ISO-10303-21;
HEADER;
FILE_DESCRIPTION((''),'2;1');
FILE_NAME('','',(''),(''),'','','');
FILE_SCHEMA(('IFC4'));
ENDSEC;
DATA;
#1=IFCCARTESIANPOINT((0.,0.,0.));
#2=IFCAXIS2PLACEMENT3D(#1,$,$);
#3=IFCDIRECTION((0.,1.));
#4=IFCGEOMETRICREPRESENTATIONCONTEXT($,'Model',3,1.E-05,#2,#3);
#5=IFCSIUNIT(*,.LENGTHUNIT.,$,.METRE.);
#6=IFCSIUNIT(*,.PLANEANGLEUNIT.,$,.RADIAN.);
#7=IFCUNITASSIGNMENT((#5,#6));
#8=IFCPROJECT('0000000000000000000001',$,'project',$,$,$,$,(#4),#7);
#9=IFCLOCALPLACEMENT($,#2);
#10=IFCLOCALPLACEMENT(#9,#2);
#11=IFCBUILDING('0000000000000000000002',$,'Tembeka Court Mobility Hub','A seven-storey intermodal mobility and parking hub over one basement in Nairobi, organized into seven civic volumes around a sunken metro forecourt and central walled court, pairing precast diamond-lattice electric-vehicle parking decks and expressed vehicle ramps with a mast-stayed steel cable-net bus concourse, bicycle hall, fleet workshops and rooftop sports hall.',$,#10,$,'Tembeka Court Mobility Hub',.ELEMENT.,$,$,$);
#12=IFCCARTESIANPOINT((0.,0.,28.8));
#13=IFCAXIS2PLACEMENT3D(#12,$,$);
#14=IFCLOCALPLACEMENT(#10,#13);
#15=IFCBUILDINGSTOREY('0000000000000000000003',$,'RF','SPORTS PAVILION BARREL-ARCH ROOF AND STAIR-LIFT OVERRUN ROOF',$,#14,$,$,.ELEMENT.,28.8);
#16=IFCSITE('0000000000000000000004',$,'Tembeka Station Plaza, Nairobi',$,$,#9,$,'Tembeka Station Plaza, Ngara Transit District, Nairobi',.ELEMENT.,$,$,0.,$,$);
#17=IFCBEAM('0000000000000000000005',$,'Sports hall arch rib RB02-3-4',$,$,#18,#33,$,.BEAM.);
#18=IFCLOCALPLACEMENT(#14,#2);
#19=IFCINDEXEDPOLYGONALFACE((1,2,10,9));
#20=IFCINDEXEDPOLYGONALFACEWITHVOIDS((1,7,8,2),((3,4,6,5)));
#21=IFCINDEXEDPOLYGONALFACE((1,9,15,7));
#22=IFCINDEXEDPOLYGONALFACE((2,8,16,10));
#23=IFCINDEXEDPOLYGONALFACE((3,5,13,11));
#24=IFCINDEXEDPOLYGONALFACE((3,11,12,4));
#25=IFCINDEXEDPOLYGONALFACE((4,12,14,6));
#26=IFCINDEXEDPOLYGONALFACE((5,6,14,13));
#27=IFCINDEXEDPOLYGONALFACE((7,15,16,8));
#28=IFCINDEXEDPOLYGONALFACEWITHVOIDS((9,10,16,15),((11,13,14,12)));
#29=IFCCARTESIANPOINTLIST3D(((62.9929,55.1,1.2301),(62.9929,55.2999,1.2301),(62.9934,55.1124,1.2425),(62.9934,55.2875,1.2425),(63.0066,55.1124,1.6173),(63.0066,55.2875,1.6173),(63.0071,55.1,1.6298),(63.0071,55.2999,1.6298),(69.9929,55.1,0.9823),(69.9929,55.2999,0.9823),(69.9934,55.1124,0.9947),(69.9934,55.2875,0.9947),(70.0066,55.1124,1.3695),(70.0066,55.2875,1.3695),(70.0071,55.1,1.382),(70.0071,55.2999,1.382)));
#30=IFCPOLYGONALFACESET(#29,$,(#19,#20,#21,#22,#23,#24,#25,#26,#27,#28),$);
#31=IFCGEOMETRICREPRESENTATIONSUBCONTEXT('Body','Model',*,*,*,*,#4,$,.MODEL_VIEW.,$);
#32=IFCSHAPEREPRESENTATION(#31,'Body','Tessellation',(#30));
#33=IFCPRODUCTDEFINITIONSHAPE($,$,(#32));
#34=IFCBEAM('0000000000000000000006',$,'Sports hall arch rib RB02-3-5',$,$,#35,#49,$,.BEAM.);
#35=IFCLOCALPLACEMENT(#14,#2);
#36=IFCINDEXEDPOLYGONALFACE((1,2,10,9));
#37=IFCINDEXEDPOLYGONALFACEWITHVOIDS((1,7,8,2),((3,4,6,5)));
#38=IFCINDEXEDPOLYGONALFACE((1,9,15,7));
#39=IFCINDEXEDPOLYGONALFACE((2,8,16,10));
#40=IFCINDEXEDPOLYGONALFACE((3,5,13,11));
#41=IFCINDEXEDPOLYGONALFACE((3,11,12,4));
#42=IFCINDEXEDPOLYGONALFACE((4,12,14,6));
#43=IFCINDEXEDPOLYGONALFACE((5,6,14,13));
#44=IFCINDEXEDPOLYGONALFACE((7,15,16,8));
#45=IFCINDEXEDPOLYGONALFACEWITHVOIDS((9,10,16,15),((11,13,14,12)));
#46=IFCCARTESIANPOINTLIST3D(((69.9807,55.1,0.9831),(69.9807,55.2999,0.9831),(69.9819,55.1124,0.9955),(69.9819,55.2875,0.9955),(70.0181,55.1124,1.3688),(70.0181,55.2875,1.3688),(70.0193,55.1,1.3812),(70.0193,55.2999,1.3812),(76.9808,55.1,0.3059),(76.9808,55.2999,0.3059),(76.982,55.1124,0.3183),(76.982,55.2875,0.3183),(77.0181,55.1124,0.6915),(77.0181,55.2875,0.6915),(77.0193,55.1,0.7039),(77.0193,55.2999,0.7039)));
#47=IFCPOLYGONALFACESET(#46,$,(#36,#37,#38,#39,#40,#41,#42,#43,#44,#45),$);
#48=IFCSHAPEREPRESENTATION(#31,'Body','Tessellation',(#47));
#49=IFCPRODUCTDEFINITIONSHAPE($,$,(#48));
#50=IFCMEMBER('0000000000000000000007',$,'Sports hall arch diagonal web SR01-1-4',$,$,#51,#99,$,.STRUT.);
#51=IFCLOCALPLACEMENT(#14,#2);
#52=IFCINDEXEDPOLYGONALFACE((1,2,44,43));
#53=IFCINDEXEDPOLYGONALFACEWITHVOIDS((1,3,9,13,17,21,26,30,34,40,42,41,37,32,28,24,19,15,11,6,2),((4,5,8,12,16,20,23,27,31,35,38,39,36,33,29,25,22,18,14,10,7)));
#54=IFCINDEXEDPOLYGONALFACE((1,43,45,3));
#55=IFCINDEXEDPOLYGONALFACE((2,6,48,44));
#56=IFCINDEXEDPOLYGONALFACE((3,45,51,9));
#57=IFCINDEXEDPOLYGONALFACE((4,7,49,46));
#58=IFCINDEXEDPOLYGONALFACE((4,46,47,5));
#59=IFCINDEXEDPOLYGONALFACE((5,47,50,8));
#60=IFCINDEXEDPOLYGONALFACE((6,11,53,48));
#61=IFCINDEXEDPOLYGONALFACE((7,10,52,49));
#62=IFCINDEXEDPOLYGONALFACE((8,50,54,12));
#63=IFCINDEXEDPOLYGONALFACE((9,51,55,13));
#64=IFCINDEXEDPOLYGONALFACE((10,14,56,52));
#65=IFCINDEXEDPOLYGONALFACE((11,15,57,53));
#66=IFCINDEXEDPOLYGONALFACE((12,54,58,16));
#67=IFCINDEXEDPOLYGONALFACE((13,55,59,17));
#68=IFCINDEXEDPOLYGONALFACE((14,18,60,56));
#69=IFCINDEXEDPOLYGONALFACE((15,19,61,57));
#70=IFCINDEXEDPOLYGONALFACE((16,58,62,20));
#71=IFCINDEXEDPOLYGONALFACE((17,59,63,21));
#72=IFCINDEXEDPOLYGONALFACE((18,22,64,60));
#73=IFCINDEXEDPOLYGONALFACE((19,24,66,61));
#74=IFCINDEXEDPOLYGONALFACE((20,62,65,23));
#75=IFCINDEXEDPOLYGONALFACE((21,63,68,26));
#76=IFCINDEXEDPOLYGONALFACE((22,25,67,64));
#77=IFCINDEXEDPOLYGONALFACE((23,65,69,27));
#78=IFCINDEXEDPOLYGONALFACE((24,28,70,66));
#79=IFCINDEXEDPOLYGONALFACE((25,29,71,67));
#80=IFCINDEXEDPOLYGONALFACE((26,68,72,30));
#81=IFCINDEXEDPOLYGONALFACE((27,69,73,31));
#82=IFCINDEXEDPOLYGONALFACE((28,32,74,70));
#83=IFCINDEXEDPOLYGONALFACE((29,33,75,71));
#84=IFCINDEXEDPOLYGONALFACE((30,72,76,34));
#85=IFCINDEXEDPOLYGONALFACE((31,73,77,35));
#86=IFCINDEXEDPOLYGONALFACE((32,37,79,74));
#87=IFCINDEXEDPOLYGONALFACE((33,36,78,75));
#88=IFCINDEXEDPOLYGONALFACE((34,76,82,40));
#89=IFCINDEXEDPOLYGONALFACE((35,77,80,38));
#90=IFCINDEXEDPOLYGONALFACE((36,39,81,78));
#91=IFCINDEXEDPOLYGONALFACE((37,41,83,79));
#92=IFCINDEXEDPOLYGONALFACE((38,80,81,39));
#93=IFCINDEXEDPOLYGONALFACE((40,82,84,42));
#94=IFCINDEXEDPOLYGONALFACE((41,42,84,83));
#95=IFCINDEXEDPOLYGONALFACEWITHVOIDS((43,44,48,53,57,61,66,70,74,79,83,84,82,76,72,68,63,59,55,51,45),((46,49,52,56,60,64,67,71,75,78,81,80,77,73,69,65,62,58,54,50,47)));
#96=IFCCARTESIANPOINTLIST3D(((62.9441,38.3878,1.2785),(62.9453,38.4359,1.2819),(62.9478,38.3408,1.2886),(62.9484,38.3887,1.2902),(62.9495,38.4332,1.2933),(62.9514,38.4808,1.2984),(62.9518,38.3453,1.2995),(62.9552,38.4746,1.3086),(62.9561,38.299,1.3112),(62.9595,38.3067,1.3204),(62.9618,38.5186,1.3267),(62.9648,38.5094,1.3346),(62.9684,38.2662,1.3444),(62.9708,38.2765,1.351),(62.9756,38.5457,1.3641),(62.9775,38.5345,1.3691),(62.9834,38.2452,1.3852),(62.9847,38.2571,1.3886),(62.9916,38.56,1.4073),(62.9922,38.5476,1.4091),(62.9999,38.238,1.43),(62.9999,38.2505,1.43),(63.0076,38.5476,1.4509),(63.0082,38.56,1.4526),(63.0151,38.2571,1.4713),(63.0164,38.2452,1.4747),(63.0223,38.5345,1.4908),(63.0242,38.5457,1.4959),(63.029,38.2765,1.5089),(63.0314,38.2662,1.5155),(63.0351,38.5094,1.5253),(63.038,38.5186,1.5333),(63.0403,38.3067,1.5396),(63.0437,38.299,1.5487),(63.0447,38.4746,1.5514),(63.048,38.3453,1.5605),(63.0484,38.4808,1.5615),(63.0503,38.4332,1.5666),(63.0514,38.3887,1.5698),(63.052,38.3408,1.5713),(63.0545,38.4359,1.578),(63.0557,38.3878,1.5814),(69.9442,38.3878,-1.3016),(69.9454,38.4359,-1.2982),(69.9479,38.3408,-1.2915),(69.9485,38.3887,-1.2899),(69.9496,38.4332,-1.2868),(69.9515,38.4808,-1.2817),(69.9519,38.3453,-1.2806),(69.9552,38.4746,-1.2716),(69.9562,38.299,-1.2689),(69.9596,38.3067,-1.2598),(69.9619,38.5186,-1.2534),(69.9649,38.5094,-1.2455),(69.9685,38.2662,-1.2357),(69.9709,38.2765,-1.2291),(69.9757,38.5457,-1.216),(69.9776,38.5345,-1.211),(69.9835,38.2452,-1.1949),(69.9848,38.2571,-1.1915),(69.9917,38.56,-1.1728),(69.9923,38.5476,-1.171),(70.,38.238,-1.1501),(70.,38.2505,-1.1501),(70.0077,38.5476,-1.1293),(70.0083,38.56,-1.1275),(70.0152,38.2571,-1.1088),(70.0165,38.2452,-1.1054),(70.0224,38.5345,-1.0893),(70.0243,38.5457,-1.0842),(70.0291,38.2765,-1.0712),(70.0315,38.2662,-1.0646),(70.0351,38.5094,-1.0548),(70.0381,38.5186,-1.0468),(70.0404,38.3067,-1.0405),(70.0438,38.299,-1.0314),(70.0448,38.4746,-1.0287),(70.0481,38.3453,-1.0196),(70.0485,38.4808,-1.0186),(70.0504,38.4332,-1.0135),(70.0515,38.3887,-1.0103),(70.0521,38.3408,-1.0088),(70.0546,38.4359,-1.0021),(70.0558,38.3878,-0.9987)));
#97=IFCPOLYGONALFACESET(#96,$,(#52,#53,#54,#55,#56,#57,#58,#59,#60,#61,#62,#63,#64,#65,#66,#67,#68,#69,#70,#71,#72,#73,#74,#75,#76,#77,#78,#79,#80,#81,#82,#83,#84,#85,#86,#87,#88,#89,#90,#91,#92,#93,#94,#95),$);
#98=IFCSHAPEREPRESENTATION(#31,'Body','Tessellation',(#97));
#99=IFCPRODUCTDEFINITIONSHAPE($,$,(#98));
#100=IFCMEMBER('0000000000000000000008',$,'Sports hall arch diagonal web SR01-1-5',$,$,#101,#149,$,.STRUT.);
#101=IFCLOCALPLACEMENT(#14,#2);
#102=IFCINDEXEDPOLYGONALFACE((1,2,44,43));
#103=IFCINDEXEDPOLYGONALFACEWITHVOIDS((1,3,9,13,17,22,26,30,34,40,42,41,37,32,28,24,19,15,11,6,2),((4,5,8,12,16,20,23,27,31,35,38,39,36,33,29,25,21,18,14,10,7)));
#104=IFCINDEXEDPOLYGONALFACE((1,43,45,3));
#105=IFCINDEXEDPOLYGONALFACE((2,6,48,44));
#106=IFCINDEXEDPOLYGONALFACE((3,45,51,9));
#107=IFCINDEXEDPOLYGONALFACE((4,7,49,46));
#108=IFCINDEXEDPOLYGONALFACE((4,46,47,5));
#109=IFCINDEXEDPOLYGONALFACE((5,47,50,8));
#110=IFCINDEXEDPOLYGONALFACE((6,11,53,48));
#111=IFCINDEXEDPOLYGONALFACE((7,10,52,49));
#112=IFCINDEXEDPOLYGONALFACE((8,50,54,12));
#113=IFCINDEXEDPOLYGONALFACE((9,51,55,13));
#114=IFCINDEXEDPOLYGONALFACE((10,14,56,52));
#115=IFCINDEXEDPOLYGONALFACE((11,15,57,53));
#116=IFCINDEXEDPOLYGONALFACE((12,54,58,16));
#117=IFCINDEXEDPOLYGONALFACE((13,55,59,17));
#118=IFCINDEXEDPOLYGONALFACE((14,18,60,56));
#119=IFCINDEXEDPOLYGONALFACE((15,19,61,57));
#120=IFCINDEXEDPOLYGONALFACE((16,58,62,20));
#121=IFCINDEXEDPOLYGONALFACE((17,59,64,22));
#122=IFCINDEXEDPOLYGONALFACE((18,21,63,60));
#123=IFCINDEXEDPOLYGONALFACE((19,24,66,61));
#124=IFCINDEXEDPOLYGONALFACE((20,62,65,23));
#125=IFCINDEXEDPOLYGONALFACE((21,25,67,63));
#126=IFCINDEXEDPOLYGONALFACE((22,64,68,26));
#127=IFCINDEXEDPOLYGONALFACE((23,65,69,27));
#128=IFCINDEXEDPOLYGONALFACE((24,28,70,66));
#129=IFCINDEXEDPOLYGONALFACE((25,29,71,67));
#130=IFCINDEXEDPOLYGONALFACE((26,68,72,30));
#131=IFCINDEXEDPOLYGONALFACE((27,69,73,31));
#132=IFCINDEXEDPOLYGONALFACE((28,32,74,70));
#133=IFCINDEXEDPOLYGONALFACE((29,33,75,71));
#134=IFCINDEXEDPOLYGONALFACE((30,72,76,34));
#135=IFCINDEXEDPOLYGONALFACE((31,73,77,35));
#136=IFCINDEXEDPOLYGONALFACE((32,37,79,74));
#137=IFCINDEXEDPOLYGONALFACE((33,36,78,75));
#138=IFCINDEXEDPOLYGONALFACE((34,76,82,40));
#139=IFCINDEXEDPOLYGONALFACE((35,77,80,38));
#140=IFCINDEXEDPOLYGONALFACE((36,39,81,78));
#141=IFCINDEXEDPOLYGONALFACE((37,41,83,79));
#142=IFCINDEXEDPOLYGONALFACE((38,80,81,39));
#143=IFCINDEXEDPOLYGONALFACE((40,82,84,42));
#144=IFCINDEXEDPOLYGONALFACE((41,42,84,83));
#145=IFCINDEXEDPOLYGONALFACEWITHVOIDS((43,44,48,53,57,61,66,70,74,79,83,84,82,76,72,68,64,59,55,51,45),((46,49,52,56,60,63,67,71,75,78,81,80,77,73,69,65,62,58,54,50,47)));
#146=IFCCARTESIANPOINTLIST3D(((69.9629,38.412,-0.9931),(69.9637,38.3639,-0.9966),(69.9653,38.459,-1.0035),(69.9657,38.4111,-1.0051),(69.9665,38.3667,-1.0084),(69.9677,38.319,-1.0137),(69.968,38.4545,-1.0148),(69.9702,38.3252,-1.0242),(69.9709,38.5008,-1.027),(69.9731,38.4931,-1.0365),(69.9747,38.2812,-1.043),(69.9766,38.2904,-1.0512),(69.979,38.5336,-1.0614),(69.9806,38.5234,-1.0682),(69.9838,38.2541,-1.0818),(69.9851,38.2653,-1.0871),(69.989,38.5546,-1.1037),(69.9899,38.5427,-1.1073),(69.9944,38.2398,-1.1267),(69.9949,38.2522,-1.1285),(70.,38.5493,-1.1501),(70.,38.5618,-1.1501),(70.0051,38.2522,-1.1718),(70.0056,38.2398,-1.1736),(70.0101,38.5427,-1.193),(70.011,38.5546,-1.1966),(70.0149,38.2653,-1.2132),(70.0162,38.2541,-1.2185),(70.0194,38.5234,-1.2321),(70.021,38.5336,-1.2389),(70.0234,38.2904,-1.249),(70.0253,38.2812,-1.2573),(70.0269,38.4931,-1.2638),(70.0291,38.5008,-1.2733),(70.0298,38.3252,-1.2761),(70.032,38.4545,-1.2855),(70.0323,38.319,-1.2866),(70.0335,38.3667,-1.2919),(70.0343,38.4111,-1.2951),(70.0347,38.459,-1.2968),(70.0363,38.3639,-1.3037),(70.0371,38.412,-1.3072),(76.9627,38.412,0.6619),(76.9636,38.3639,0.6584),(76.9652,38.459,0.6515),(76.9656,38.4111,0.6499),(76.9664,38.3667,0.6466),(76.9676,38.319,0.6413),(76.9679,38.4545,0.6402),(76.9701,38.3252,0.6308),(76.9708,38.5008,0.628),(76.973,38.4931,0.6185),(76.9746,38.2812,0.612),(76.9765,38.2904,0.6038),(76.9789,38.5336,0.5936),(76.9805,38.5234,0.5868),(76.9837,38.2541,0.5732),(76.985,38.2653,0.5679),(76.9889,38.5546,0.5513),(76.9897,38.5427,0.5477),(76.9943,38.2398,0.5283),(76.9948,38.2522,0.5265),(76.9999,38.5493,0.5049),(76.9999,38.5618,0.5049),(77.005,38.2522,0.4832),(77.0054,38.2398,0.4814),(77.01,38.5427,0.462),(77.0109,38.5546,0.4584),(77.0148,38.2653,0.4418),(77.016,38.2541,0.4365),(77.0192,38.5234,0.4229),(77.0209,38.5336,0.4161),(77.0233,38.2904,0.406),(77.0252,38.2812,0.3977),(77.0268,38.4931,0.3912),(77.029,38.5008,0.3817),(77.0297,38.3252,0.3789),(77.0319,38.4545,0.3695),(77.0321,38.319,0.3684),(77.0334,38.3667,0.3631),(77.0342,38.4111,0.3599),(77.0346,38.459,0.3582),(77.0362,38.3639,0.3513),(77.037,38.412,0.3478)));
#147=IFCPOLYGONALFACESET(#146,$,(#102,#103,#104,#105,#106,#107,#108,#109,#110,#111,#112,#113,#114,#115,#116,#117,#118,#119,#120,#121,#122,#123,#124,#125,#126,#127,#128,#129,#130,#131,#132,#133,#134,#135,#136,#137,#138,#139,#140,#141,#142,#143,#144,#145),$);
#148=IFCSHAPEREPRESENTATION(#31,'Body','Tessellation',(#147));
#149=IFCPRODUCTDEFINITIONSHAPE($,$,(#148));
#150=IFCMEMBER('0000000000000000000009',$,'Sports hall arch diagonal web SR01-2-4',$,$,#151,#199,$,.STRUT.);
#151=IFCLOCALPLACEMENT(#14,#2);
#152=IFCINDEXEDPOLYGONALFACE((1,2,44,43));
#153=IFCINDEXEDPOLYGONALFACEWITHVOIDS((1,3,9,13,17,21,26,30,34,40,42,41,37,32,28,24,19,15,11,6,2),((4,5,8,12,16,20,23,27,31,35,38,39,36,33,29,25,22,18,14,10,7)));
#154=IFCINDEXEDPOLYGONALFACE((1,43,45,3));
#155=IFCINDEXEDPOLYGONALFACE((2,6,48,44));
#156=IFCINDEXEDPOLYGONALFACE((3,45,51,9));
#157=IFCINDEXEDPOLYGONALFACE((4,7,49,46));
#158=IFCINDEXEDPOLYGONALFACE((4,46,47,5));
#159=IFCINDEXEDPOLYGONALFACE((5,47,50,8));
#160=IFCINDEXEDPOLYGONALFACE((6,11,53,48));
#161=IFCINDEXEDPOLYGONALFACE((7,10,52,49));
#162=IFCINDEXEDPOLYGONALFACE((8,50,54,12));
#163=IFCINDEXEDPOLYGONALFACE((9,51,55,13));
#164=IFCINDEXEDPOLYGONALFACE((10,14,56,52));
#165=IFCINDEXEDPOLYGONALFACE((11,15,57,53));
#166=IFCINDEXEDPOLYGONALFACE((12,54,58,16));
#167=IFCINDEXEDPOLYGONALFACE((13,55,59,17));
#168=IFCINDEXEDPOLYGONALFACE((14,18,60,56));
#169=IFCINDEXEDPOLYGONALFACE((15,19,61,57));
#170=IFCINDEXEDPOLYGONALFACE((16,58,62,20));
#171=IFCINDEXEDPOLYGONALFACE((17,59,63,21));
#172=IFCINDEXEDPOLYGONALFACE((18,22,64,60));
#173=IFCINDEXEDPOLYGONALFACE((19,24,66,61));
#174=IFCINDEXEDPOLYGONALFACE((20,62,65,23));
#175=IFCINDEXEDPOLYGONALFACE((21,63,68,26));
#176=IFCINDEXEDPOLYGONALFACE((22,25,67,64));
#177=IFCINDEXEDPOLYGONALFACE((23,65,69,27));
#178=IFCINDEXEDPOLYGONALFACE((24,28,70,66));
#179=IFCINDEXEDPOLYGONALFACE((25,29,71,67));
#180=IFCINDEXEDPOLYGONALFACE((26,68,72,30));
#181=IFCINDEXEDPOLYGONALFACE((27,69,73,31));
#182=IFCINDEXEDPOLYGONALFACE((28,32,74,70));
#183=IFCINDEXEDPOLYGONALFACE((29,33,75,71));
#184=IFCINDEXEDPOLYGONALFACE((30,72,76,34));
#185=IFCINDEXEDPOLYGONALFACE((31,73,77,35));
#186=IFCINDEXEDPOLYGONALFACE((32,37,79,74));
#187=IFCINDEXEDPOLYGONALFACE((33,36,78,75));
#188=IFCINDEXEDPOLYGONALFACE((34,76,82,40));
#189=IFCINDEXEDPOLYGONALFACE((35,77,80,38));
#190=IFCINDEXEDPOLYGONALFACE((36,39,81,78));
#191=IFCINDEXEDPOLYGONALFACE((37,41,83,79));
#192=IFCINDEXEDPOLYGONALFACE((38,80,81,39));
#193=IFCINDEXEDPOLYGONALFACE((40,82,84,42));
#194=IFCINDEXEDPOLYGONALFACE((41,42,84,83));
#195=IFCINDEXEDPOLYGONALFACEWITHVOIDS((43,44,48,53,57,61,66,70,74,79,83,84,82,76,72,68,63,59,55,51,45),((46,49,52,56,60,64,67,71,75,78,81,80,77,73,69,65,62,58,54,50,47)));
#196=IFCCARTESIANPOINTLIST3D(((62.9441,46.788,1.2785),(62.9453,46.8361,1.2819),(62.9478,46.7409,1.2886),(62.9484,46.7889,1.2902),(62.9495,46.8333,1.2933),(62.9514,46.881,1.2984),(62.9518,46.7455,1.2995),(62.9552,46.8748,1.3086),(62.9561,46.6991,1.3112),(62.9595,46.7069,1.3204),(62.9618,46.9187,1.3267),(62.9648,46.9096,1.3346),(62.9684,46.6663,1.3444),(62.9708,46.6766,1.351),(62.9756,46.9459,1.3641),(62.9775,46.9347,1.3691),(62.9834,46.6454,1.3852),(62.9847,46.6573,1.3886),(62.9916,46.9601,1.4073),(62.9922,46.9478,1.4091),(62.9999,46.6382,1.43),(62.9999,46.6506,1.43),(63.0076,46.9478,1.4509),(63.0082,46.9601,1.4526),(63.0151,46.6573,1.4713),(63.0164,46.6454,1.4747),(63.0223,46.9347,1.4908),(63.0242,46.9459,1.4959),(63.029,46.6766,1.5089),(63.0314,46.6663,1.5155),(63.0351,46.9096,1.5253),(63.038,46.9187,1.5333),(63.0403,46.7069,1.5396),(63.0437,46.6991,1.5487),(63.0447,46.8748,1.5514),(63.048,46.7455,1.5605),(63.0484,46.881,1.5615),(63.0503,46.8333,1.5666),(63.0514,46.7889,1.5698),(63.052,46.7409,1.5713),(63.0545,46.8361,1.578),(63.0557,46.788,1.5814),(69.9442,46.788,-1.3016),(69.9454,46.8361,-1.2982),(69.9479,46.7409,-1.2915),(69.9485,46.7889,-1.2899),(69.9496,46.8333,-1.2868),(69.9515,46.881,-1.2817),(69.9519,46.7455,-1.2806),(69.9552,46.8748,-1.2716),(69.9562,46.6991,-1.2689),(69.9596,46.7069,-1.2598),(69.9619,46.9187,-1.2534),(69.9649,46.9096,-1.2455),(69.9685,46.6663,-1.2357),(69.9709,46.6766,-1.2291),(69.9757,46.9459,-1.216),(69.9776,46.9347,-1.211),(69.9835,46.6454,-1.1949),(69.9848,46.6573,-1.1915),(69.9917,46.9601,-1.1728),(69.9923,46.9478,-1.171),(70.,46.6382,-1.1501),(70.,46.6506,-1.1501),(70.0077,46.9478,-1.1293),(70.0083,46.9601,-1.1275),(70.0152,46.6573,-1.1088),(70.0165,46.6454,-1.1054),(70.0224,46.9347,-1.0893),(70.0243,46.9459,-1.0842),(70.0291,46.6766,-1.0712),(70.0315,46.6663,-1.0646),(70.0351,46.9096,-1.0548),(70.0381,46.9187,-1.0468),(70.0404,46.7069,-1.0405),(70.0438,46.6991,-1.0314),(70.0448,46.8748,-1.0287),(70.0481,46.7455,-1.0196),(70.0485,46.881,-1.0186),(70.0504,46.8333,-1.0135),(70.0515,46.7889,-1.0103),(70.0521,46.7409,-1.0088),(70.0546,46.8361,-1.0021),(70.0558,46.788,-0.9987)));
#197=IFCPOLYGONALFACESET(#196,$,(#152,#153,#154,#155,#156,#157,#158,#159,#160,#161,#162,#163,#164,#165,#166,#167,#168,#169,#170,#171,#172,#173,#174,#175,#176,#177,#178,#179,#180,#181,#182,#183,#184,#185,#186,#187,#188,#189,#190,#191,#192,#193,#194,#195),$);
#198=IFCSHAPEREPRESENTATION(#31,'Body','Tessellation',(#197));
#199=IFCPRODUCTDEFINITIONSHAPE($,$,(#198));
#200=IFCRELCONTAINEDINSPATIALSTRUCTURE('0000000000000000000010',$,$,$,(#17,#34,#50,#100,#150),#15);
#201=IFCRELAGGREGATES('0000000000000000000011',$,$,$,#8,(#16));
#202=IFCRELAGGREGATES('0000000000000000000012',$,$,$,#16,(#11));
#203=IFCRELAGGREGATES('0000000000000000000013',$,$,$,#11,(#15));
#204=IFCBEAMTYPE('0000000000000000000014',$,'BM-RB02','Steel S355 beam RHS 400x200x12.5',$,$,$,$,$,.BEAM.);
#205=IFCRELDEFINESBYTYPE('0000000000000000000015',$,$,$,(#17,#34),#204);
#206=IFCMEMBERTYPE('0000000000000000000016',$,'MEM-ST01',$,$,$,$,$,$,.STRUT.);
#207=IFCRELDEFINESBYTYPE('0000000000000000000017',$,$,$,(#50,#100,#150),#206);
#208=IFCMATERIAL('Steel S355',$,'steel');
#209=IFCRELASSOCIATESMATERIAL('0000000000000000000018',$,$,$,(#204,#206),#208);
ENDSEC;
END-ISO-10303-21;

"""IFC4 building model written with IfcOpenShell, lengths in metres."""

from ifc_helpers import new_model, si_unit, direction, frame, origin, origin_2d, place, context, subcontext, project, spatial, hollow_rectangle, hollow_circle, extrude, material, material_profile, profile_set, type_object, element, save


model = new_model("IFC4")

# Units and contexts
model_context = context("Model", 3, precision=1e-05, world=origin(), true_north=direction((0.0, 1.0)))
body_context = subcontext(model_context, "Body", "Model", "MODEL_VIEW")
ifc_project = project(units=[si_unit("LENGTHUNIT", "METRE"), si_unit("PLANEANGLEUNIT", "RADIAN")], contexts=[model_context])

# Site, building, storey
site_placement = place(None, origin())
site = spatial("IfcSite", under=ifc_project, at=site_placement, Name="Tembeka Station Plaza, Nairobi", LongName="Tembeka Station Plaza, Ngara Transit District, Nairobi", CompositionType="ELEMENT", RefElevation=0.0)
building_placement = place(site_placement, origin())
building = spatial("IfcBuilding", under=site, at=building_placement, Name="Tembeka Court Mobility Hub", Description="A seven-storey intermodal mobility and parking hub over one basement in Nairobi, organized into seven civic volumes around a sunken metro forecourt and central walled court, pairing precast diamond-lattice electric-vehicle parking decks and expressed vehicle ramps with a mast-stayed steel cable-net bus concourse, bicycle hall, fleet workshops and rooftop sports hall.", LongName="Tembeka Court Mobility Hub", CompositionType="ELEMENT")
storey_placement = place(building_placement, frame((0.0, 0.0, 28.8)))
storey = spatial("IfcBuildingStorey", under=building, at=storey_placement, Name="RF", Description="SPORTS PAVILION BARREL-ARCH ROOF AND STAIR-LIFT OVERRUN ROOF", CompositionType="ELEMENT", Elevation=28.8)

# Beams
ifc_material_1 = material(Name="Steel S355", Category="steel")
ifc_material_profile_1 = material_profile(ifc_material_1, hollow_rectangle(XDim=0.2, YDim=0.3999, WallThickness=0.0125, at=origin_2d()), Name="RHS 400x200x12.5")
ifc_profile_set_1 = profile_set([ifc_material_profile_1], Name="Steel S355")
beam_type_1 = type_object("IfcBeamType", Name="BM-RB02", Description="Steel S355 beam RHS 400x200x12.5", PredefinedType="BEAM", material=ifc_profile_set_1)
beam_1_placement = place(storey_placement, frame((63.0, 55.2, 1.4299), z_axis=(0.999374, 0.0, -0.035378), x_axis=(0.0, 1.0, 0.0)))
element("IfcBeam", 1, at=beam_1_placement, inside=storey, type_object=beam_type_1, Name="Sports hall arch rib RB02-3-4", PredefinedType="BEAM", context=body_context, shape_type="SweptSolid", body=[
    extrude(hollow_rectangle(XDim=0.2, YDim=0.3999, WallThickness=0.0125, at=origin_2d()), origin(), (0.0, 0.0, 1.0), 7.0044),
])
beam_2_placement = place(storey_placement, frame((70.0, 55.2, 1.1821), z_axis=(0.995352, 0.0, -0.0963), x_axis=(0.0, 1.0, 0.0)))
element("IfcBeam", 2, at=beam_2_placement, inside=storey, type_object=beam_type_1, Name="Sports hall arch rib RB02-3-5", PredefinedType="BEAM", context=body_context, shape_type="SweptSolid", body=[
    extrude(hollow_rectangle(XDim=0.2, YDim=0.3999, WallThickness=0.0125, at=origin_2d()), origin(), (0.0, 0.0, 1.0), 7.0327),
])

# Members
ifc_material_profile_2 = material_profile(ifc_material_1, hollow_circle(Radius=0.1619, WallThickness=0.0125, at=origin_2d()), Name="CHS 323.9x12.5")
ifc_profile_set_2 = profile_set([ifc_material_profile_2], Name="Steel S355")
member_type = type_object("IfcMemberType", Name="MEM-ST01", PredefinedType="STRUT", material=ifc_profile_set_2)
member_1_placement = place(storey_placement, frame((70.0, 38.3999, -1.1501), z_axis=(-0.938294, 0.0, 0.345839), x_axis=(0.0, -1.0, 0.0)))
element("IfcMember", 3, at=member_1_placement, inside=storey, type_object=member_type, Name="Sports hall arch diagonal web SR01-1-4", PredefinedType="STRUT", context=body_context, shape_type="SweptSolid", body=[
    extrude(hollow_circle(Radius=0.1619, WallThickness=0.0125, at=origin_2d()), origin(), (0.0, 0.0, 1.0), 7.4604),
])
member_2_placement = place(storey_placement, frame((70.0, 38.3999, -1.1501), z_axis=(0.97317, 0.0, 0.230089), x_axis=(0.0, 1.0, 0.0)))
element("IfcMember", 4, at=member_2_placement, inside=storey, type_object=member_type, Name="Sports hall arch diagonal web SR01-1-5", PredefinedType="STRUT", context=body_context, shape_type="SweptSolid", body=[
    extrude(hollow_circle(Radius=0.1619, WallThickness=0.0125, at=origin_2d()), origin(), (0.0, 0.0, 1.0), 7.1929),
])
member_3_placement = place(storey_placement, frame((70.0, 46.8, -1.1501), z_axis=(-0.938294, 0.0, 0.345839), x_axis=(0.0, -1.0, 0.0)))
element("IfcMember", 5, at=member_3_placement, inside=storey, type_object=member_type, Name="Sports hall arch diagonal web SR01-2-4", PredefinedType="STRUT", context=body_context, shape_type="SweptSolid", body=[
    extrude(hollow_circle(Radius=0.1619, WallThickness=0.0125, at=origin_2d()), origin(), (0.0, 0.0, 1.0), 7.4604),
])

save(model, "model.ifc")
